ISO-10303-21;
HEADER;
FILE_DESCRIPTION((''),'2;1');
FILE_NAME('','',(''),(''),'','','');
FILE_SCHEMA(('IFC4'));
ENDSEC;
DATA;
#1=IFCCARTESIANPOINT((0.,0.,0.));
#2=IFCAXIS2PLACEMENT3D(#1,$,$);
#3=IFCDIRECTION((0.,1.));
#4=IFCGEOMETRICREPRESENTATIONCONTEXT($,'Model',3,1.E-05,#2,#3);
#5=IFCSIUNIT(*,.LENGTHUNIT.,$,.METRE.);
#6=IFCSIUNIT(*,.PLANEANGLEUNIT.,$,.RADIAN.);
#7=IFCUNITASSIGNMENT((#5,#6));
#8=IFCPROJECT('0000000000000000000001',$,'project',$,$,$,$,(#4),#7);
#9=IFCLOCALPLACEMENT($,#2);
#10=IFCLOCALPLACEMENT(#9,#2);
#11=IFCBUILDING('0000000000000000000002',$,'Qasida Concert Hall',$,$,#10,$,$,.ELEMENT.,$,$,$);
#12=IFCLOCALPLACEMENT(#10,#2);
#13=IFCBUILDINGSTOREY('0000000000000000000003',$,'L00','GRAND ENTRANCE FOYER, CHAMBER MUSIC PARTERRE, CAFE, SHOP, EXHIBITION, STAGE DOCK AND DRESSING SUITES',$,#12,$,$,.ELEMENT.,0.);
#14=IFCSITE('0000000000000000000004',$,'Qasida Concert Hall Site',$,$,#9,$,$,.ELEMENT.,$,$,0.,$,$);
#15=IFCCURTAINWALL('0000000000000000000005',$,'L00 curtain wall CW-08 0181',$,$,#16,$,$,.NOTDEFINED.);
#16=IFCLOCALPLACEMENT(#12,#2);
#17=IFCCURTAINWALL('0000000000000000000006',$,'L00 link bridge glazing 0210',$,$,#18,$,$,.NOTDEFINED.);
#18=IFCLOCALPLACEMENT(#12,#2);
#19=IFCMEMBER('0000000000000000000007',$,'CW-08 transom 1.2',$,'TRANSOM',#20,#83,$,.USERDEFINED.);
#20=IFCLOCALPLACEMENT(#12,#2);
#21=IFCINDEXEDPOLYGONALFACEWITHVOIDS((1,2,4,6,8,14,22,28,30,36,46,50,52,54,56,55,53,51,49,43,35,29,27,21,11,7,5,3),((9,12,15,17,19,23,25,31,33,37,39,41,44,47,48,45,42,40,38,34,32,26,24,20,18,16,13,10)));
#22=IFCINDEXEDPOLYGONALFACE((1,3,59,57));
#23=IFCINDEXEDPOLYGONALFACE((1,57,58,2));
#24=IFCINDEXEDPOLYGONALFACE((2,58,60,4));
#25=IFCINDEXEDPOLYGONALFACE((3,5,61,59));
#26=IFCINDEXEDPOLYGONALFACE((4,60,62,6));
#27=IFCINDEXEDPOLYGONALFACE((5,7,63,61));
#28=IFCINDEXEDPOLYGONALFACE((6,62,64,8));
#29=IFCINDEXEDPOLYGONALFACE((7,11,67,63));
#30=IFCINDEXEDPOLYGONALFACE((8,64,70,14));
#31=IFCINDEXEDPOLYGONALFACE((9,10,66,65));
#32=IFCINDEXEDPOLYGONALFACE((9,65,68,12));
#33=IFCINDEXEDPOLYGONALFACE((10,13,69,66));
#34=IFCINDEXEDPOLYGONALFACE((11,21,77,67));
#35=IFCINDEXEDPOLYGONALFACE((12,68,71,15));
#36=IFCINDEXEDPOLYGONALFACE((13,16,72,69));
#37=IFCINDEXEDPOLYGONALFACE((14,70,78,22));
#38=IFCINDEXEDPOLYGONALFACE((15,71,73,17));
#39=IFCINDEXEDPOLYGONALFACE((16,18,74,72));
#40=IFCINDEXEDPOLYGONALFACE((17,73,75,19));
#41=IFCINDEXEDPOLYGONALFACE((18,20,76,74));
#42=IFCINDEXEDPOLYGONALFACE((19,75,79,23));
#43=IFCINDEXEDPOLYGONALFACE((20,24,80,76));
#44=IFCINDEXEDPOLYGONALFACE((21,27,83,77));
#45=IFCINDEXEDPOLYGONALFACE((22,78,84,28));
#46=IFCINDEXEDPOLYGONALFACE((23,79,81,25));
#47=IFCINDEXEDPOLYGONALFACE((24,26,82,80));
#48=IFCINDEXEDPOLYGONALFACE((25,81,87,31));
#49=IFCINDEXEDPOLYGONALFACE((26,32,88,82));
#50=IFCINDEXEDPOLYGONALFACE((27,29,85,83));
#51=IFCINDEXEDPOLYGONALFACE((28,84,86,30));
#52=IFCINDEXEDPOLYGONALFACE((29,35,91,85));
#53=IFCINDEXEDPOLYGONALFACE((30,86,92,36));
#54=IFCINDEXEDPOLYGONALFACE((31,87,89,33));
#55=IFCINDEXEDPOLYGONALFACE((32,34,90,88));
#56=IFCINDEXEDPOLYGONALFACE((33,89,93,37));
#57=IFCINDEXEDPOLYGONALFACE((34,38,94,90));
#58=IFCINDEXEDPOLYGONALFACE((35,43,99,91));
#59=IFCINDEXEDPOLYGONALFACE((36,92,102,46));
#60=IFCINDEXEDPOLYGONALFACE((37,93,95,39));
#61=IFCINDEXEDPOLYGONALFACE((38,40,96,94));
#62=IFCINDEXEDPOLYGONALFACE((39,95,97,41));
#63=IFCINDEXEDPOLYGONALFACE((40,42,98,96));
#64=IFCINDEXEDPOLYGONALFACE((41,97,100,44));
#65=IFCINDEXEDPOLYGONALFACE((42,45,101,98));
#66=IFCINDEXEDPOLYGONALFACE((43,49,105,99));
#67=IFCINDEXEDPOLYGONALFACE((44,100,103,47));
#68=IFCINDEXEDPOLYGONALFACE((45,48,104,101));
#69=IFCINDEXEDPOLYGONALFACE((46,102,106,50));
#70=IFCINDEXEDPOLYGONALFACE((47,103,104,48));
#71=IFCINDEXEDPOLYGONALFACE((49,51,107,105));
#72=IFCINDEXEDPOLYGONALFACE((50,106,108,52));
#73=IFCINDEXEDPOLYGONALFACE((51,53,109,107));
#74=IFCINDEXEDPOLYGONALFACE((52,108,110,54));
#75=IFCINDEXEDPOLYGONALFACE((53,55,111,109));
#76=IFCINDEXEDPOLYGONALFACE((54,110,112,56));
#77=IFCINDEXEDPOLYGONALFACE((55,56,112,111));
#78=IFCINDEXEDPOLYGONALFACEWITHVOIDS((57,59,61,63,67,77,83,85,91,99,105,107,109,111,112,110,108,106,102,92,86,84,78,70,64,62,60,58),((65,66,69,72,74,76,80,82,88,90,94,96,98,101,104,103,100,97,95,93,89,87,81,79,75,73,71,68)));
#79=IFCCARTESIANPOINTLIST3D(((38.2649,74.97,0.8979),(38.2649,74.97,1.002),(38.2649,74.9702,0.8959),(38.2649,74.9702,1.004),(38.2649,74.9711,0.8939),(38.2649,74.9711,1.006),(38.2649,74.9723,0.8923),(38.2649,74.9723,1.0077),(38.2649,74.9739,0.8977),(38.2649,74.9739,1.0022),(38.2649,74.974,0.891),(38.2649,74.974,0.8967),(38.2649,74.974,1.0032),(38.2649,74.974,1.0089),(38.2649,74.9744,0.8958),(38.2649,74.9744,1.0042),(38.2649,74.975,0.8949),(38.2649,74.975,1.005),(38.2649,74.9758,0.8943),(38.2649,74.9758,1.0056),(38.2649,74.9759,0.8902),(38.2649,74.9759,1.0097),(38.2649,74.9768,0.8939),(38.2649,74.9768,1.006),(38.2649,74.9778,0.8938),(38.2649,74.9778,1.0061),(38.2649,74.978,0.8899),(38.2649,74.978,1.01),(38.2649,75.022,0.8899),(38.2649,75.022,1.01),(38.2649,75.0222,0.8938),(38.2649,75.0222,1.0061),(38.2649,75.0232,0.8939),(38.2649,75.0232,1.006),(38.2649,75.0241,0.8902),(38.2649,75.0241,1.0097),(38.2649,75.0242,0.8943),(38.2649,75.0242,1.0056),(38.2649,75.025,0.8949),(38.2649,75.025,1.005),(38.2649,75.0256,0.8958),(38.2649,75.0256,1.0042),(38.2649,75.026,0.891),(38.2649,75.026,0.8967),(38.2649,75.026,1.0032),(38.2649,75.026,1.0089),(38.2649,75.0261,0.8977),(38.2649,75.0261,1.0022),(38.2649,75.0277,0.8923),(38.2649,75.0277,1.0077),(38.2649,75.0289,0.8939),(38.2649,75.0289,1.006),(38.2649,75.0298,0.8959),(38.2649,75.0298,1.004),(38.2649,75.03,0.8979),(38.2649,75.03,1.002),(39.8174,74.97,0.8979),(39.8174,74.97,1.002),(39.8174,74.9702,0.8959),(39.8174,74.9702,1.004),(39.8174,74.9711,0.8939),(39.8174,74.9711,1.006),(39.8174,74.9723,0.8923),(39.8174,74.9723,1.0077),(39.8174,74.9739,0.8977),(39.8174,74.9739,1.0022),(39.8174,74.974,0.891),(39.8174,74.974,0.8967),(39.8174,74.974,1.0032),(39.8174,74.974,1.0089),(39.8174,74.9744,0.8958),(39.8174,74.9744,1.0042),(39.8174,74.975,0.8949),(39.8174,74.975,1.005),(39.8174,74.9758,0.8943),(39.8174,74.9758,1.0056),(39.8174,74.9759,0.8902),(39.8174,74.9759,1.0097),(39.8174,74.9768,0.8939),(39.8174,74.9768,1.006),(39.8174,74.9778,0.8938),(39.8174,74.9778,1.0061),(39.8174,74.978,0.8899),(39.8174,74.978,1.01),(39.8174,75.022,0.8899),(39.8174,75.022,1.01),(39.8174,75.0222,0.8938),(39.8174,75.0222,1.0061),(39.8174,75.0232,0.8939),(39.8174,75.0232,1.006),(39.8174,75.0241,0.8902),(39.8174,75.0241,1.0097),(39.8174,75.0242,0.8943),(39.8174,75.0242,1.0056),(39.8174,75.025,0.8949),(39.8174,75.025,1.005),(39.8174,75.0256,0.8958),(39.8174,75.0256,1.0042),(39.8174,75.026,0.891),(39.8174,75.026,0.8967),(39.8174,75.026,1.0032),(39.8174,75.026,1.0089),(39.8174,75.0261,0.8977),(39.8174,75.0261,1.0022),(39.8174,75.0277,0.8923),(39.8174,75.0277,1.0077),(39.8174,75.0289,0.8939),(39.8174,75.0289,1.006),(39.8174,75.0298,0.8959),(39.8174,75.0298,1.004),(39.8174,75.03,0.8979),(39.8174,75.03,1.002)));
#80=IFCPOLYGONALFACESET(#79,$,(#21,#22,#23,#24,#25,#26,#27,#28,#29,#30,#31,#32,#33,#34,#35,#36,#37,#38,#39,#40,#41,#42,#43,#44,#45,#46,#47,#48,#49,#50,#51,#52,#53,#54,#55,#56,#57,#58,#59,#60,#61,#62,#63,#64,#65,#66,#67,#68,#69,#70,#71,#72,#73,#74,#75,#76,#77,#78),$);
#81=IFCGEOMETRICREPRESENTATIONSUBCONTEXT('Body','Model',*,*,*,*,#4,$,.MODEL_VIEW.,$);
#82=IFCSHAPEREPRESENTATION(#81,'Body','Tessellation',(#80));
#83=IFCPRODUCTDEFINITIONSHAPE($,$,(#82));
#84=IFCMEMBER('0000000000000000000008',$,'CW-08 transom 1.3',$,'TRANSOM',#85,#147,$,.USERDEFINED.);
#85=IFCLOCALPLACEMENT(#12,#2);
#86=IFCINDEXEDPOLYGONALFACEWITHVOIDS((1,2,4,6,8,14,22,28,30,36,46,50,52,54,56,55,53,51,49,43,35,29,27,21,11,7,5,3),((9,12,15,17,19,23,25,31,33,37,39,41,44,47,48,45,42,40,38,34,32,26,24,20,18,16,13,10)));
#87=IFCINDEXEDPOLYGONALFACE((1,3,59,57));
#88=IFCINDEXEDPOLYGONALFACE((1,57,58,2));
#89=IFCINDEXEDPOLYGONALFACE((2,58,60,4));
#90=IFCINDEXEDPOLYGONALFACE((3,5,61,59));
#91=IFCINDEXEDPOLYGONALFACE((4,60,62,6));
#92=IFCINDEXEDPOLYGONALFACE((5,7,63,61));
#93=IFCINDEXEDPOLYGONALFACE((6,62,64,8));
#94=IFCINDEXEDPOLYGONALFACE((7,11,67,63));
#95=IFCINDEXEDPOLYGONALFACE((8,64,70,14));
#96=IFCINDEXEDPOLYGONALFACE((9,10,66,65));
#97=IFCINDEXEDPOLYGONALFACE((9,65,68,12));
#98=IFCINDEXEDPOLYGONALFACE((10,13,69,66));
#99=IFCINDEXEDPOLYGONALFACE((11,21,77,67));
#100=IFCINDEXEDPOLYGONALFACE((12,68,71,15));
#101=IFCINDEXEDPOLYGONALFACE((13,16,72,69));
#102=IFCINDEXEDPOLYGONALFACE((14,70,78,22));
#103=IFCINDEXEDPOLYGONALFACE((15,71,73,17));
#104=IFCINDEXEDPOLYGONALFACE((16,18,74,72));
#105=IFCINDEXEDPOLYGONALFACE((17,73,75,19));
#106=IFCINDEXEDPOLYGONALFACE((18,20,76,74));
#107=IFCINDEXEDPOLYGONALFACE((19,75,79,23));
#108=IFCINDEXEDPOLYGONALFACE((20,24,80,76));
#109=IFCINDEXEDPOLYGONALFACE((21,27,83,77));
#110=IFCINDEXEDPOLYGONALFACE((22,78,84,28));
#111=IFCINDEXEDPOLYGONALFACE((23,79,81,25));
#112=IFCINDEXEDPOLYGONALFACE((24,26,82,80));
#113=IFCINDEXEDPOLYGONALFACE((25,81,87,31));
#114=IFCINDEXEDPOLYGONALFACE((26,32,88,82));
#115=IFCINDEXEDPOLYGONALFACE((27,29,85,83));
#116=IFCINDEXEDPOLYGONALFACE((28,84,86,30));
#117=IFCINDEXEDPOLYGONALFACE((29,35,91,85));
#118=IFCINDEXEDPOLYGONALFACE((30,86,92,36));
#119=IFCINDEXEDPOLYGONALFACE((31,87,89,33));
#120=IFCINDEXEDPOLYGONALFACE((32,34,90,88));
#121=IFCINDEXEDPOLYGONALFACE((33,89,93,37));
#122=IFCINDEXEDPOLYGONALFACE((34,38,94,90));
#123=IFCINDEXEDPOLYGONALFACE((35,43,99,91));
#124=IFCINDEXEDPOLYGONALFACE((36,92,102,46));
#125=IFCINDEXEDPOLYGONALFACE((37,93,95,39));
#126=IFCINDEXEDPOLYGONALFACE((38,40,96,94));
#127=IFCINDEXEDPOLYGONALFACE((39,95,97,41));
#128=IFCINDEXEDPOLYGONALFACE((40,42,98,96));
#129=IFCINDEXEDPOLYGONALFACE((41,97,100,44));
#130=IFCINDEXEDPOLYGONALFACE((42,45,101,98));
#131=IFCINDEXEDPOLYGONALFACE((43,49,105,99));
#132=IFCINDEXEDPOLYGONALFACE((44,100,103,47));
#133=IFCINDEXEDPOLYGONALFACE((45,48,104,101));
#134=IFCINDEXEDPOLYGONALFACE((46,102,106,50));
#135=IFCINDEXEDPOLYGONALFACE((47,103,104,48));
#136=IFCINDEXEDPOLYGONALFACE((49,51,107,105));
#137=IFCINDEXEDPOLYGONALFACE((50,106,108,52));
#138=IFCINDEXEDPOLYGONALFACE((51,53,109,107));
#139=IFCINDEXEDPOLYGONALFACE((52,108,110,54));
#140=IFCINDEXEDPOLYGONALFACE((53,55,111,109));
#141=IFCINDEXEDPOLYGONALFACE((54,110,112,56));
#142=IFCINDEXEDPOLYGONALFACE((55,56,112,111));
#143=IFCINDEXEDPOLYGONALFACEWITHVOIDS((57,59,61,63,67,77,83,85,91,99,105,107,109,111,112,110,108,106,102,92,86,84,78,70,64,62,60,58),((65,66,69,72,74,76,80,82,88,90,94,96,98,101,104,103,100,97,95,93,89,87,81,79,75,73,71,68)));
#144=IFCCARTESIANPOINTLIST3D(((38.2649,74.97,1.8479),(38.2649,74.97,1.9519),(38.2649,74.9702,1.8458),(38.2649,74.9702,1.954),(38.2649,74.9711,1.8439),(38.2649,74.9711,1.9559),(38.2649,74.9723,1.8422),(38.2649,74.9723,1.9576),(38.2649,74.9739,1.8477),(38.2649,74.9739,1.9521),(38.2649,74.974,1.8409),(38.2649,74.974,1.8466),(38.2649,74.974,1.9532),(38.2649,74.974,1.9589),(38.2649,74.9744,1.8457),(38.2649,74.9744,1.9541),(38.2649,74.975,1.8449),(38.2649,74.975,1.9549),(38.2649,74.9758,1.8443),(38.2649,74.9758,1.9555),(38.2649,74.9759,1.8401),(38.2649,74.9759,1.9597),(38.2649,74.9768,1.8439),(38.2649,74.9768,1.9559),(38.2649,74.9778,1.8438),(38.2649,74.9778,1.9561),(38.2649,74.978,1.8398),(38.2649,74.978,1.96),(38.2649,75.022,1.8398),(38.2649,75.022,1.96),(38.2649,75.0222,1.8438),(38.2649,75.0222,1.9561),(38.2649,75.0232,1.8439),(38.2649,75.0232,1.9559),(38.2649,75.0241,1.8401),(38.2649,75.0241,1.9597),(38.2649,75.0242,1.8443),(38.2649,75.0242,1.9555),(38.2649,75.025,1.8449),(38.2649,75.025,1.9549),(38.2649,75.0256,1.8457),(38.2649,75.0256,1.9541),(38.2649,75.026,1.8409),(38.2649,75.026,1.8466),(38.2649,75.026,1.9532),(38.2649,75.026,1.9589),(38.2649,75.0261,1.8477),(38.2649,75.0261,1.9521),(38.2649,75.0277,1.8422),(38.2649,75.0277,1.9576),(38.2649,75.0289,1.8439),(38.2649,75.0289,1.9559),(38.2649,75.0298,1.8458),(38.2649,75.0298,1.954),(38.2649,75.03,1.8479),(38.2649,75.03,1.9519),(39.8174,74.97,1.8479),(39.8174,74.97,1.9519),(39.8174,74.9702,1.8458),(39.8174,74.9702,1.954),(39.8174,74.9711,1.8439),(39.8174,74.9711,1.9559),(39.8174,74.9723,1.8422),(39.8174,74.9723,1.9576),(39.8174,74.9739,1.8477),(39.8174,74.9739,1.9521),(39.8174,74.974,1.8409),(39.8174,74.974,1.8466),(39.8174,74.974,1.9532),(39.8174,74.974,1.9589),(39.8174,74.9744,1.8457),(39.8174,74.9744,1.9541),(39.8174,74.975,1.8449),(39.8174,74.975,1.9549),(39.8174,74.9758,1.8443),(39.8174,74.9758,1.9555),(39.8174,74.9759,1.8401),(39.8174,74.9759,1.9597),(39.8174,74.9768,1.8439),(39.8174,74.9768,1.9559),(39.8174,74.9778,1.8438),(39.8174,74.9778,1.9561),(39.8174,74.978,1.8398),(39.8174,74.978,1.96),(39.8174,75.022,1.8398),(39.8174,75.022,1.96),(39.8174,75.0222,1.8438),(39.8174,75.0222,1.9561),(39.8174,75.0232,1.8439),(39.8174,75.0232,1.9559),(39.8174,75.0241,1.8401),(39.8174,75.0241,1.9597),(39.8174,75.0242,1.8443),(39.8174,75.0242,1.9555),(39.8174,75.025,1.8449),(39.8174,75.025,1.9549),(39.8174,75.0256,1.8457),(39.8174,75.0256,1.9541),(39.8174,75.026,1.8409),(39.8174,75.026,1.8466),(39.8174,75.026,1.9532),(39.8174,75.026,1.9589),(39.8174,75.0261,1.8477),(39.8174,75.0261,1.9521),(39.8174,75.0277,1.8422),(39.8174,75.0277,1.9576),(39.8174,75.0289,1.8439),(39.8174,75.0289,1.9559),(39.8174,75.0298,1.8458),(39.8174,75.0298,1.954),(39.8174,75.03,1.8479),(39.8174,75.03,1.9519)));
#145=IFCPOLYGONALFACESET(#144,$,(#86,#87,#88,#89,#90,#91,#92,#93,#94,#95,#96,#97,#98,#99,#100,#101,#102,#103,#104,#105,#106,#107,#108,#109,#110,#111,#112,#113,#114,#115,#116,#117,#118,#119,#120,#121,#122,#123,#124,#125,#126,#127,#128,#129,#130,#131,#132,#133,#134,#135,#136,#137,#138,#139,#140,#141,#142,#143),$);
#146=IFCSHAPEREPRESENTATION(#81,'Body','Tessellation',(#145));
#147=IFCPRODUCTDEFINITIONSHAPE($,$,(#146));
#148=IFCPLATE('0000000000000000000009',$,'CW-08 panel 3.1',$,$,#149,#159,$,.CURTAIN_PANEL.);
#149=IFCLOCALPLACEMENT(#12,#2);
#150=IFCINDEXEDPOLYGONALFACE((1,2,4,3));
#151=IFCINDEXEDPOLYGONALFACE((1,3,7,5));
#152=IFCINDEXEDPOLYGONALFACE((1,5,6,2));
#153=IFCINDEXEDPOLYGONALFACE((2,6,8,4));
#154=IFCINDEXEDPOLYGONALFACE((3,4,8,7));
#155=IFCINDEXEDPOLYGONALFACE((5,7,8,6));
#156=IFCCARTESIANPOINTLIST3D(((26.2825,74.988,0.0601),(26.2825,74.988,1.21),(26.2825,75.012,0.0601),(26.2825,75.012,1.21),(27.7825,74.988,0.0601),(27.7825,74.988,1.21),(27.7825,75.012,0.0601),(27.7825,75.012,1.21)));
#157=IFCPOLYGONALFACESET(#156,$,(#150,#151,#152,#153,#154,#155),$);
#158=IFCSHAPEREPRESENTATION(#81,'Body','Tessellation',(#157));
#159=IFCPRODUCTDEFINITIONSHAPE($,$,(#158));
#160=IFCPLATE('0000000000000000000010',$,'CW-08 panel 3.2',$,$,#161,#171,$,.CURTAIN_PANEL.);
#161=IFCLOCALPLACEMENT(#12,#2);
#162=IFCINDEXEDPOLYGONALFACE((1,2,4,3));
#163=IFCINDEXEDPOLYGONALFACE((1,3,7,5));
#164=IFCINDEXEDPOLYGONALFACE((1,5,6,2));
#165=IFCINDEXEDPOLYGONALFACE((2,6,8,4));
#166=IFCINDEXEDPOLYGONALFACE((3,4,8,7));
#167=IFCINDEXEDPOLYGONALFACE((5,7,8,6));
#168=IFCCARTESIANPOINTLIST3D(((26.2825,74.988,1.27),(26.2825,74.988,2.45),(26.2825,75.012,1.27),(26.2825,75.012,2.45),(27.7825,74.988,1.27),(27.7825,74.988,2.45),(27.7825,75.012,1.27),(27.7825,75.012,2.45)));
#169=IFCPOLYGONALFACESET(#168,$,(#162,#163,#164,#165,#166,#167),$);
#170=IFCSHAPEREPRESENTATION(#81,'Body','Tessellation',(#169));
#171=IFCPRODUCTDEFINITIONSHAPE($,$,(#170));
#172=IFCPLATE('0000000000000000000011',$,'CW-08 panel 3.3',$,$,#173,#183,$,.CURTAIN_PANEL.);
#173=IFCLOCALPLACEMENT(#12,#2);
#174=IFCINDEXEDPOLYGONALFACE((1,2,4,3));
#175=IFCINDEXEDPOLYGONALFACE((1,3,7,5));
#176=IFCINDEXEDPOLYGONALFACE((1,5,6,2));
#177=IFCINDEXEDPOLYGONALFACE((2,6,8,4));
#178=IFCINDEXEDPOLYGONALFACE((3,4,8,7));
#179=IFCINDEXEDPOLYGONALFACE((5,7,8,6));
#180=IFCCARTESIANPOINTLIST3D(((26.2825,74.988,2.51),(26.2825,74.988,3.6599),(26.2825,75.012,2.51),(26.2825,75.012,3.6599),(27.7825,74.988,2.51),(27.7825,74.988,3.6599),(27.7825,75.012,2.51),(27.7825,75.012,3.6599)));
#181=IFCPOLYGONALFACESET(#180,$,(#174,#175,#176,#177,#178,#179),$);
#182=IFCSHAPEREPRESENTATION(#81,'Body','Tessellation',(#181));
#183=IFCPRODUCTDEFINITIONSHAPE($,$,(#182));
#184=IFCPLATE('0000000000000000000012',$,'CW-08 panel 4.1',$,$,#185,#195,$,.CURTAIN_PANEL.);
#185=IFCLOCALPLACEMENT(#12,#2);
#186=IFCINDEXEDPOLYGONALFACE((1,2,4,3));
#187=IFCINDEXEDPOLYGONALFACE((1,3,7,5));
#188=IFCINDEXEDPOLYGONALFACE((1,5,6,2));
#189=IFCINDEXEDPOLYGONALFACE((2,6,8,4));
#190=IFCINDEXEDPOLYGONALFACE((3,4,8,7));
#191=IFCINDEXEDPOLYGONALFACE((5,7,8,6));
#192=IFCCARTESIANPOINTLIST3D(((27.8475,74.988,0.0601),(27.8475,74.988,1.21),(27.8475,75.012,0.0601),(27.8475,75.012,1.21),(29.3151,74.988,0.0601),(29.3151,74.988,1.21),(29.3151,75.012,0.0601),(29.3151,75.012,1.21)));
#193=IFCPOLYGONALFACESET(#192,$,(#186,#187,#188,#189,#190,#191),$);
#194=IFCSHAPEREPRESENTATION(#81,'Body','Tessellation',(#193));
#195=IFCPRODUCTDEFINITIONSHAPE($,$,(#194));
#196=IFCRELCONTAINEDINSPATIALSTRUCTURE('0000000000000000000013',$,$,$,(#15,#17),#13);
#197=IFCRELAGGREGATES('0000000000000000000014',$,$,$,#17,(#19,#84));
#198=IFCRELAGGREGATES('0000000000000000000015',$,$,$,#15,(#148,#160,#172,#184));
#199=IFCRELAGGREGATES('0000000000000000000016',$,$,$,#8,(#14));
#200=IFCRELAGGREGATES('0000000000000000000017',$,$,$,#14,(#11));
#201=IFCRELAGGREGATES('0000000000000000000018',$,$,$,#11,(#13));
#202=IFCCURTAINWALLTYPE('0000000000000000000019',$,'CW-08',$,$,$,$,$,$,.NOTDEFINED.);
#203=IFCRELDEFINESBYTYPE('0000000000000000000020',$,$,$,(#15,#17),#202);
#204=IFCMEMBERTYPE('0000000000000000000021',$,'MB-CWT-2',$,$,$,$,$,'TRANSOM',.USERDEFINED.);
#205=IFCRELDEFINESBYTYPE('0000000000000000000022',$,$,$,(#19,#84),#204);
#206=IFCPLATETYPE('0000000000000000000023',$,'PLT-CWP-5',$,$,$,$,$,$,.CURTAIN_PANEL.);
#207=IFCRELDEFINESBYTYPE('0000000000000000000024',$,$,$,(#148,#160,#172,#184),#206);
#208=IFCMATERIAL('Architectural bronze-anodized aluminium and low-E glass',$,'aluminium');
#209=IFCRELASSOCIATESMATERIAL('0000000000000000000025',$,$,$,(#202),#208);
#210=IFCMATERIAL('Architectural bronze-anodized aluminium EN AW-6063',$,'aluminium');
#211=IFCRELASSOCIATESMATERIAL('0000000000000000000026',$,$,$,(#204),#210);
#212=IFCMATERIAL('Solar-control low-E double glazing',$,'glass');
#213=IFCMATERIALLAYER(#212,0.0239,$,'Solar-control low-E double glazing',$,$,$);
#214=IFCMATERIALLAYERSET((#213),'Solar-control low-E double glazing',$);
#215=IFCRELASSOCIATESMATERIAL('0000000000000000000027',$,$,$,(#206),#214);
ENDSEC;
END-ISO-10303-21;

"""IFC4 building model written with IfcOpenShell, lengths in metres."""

from ifc_helpers import new_model, si_unit, direction, frame, origin, origin_2d, place, context, subcontext, project, spatial, rectangle, hollow_rectangle, extrude, material, layer, layer_set, material_profile, profile_set, type_object, element, aggregate, save


model = new_model("IFC4")

# Units and contexts
model_context = context("Model", 3, precision=1e-05, world=origin(), true_north=direction((0.0, 1.0)))
body_context = subcontext(model_context, "Body", "Model", "MODEL_VIEW")
ifc_project = project(units=[si_unit("LENGTHUNIT", "METRE"), si_unit("PLANEANGLEUNIT", "RADIAN")], contexts=[model_context])

# Site, building, storey
site_placement = place(None, origin())
site = spatial("IfcSite", under=ifc_project, at=site_placement, Name="Qasida Concert Hall Site", CompositionType="ELEMENT", RefElevation=0.0)
building_placement = place(site_placement, origin())
building = spatial("IfcBuilding", under=site, at=building_placement, Name="Qasida Concert Hall", CompositionType="ELEMENT")
storey_placement = place(building_placement, origin())
storey = spatial("IfcBuildingStorey", under=building, at=storey_placement, Name="L00", Description="GRAND ENTRANCE FOYER, CHAMBER MUSIC PARTERRE, CAFE, SHOP, EXHIBITION, STAGE DOCK AND DRESSING SUITES", CompositionType="ELEMENT", Elevation=0.0)

# Curtain wall
ifc_material_1 = material(Name="Architectural bronze-anodized aluminium and low-E glass", Category="aluminium")
curtain_wall_type = type_object("IfcCurtainWallType", Name="CW-08", PredefinedType="NOTDEFINED", material=ifc_material_1)
curtain_wall_1_placement = place(storey_placement, origin())
curtain_wall_1 = element("IfcCurtainWall", 1, at=curtain_wall_1_placement, inside=storey, type_object=curtain_wall_type, Name="L00 curtain wall CW-08 0181", PredefinedType="NOTDEFINED")
ifc_material_2 = material(Name="Architectural bronze-anodized aluminium EN AW-6063", Category="aluminium")

# Curtain wall
curtain_wall_2_placement = place(storey_placement, origin())
curtain_wall_2 = element("IfcCurtainWall", 2, at=curtain_wall_2_placement, inside=storey, type_object=curtain_wall_type, Name="L00 link bridge glazing 0210", PredefinedType="NOTDEFINED")

# Members
ifc_material_profile_1 = material_profile(ifc_material_2, hollow_rectangle(XDim=0.0601, YDim=0.1201, WallThickness=0.0039, InnerFilletRadius=0.0039, OuterFilletRadius=0.0081, at=origin_2d()), Name="CWT 120x60x4")
ifc_profile_set_1 = profile_set([ifc_material_profile_1], Name="Architectural bronze-anodized aluminium EN AW-6063")
member_type_1 = type_object("IfcMemberType", Name="MB-CWT-2", ElementType="TRANSOM", PredefinedType="USERDEFINED", material=ifc_profile_set_1)
member_1_placement = place(storey_placement, frame((38.2649, 75.0, 0.95), z_axis=(1.0, 0.0, 0.0), x_axis=(0.0, 1.0, 0.0)))
member_1 = element("IfcMember", 3, at=member_1_placement, type_object=member_type_1, Name="CW-08 transom 1.2", ObjectType="TRANSOM", PredefinedType="USERDEFINED", context=body_context, shape_type="SweptSolid", body=[
    extrude(hollow_rectangle(XDim=0.0601, YDim=0.1201, WallThickness=0.0039, InnerFilletRadius=0.0039, OuterFilletRadius=0.0081, at=origin_2d()), origin(), (0.0, 0.0, 1.0), 1.5525),
])
member_2_placement = place(storey_placement, frame((38.2649, 75.0, 1.8999), z_axis=(1.0, 0.0, 0.0), x_axis=(0.0, 1.0, 0.0)))
member_2 = element("IfcMember", 4, at=member_2_placement, type_object=member_type_1, Name="CW-08 transom 1.3", ObjectType="TRANSOM", PredefinedType="USERDEFINED", context=body_context, shape_type="SweptSolid", body=[
    extrude(hollow_rectangle(XDim=0.0601, YDim=0.1201, WallThickness=0.0039, InnerFilletRadius=0.0039, OuterFilletRadius=0.0081, at=origin_2d()), origin(), (0.0, 0.0, 1.0), 1.5525),
])
aggregate(curtain_wall_2, [member_1, member_2])

# Plates
ifc_material_3 = material(Name="Solar-control low-E double glazing", Category="glass")
ifc_layer_1 = layer(ifc_material_3, 0.0239, Name="Solar-control low-E double glazing")
ifc_layer_set_1 = layer_set([ifc_layer_1], Name="Solar-control low-E double glazing")
plate_type = type_object("IfcPlateType", Name="PLT-CWP-5", PredefinedType="CURTAIN_PANEL", material=ifc_layer_set_1)
plate_1_placement = place(storey_placement, frame((27.0325, 75.0, 0.0601), z_axis=(0.0, 0.0, 1.0), x_axis=(1.0, 0.0, 0.0)))
plate_1 = element("IfcPlate", 5, at=plate_1_placement, type_object=plate_type, Name="CW-08 panel 3.1", PredefinedType="CURTAIN_PANEL", context=body_context, shape_type="SweptSolid", body=[
    extrude(rectangle(XDim=1.5, YDim=0.0239, at=origin_2d()), origin(), (0.0, 0.0, 1.0), 1.1499),
])
plate_2_placement = place(storey_placement, frame((27.0325, 75.0, 1.27), z_axis=(0.0, 0.0, 1.0), x_axis=(1.0, 0.0, 0.0)))
plate_2 = element("IfcPlate", 6, at=plate_2_placement, type_object=plate_type, Name="CW-08 panel 3.2", PredefinedType="CURTAIN_PANEL", context=body_context, shape_type="SweptSolid", body=[
    extrude(rectangle(XDim=1.5, YDim=0.0239, at=origin_2d()), origin(), (0.0, 0.0, 1.0), 1.1799),
])
plate_3_placement = place(storey_placement, frame((27.0325, 75.0, 2.51), z_axis=(0.0, 0.0, 1.0), x_axis=(1.0, 0.0, 0.0)))
plate_3 = element("IfcPlate", 7, at=plate_3_placement, type_object=plate_type, Name="CW-08 panel 3.3", PredefinedType="CURTAIN_PANEL", context=body_context, shape_type="SweptSolid", body=[
    extrude(rectangle(XDim=1.5, YDim=0.0239, at=origin_2d()), origin(), (0.0, 0.0, 1.0), 1.1499),
])
plate_4_placement = place(storey_placement, frame((28.5813, 75.0, 0.0601), z_axis=(0.0, 0.0, 1.0), x_axis=(1.0, 0.0, 0.0)))
plate_4 = element("IfcPlate", 8, at=plate_4_placement, type_object=plate_type, Name="CW-08 panel 4.1", PredefinedType="CURTAIN_PANEL", context=body_context, shape_type="SweptSolid", body=[
    extrude(rectangle(XDim=1.4675, YDim=0.0239, at=origin_2d()), origin(), (0.0, 0.0, 1.0), 1.1499),
])
aggregate(curtain_wall_1, [plate_1, plate_2, plate_3, plate_4])

save(model, "model.ifc")
